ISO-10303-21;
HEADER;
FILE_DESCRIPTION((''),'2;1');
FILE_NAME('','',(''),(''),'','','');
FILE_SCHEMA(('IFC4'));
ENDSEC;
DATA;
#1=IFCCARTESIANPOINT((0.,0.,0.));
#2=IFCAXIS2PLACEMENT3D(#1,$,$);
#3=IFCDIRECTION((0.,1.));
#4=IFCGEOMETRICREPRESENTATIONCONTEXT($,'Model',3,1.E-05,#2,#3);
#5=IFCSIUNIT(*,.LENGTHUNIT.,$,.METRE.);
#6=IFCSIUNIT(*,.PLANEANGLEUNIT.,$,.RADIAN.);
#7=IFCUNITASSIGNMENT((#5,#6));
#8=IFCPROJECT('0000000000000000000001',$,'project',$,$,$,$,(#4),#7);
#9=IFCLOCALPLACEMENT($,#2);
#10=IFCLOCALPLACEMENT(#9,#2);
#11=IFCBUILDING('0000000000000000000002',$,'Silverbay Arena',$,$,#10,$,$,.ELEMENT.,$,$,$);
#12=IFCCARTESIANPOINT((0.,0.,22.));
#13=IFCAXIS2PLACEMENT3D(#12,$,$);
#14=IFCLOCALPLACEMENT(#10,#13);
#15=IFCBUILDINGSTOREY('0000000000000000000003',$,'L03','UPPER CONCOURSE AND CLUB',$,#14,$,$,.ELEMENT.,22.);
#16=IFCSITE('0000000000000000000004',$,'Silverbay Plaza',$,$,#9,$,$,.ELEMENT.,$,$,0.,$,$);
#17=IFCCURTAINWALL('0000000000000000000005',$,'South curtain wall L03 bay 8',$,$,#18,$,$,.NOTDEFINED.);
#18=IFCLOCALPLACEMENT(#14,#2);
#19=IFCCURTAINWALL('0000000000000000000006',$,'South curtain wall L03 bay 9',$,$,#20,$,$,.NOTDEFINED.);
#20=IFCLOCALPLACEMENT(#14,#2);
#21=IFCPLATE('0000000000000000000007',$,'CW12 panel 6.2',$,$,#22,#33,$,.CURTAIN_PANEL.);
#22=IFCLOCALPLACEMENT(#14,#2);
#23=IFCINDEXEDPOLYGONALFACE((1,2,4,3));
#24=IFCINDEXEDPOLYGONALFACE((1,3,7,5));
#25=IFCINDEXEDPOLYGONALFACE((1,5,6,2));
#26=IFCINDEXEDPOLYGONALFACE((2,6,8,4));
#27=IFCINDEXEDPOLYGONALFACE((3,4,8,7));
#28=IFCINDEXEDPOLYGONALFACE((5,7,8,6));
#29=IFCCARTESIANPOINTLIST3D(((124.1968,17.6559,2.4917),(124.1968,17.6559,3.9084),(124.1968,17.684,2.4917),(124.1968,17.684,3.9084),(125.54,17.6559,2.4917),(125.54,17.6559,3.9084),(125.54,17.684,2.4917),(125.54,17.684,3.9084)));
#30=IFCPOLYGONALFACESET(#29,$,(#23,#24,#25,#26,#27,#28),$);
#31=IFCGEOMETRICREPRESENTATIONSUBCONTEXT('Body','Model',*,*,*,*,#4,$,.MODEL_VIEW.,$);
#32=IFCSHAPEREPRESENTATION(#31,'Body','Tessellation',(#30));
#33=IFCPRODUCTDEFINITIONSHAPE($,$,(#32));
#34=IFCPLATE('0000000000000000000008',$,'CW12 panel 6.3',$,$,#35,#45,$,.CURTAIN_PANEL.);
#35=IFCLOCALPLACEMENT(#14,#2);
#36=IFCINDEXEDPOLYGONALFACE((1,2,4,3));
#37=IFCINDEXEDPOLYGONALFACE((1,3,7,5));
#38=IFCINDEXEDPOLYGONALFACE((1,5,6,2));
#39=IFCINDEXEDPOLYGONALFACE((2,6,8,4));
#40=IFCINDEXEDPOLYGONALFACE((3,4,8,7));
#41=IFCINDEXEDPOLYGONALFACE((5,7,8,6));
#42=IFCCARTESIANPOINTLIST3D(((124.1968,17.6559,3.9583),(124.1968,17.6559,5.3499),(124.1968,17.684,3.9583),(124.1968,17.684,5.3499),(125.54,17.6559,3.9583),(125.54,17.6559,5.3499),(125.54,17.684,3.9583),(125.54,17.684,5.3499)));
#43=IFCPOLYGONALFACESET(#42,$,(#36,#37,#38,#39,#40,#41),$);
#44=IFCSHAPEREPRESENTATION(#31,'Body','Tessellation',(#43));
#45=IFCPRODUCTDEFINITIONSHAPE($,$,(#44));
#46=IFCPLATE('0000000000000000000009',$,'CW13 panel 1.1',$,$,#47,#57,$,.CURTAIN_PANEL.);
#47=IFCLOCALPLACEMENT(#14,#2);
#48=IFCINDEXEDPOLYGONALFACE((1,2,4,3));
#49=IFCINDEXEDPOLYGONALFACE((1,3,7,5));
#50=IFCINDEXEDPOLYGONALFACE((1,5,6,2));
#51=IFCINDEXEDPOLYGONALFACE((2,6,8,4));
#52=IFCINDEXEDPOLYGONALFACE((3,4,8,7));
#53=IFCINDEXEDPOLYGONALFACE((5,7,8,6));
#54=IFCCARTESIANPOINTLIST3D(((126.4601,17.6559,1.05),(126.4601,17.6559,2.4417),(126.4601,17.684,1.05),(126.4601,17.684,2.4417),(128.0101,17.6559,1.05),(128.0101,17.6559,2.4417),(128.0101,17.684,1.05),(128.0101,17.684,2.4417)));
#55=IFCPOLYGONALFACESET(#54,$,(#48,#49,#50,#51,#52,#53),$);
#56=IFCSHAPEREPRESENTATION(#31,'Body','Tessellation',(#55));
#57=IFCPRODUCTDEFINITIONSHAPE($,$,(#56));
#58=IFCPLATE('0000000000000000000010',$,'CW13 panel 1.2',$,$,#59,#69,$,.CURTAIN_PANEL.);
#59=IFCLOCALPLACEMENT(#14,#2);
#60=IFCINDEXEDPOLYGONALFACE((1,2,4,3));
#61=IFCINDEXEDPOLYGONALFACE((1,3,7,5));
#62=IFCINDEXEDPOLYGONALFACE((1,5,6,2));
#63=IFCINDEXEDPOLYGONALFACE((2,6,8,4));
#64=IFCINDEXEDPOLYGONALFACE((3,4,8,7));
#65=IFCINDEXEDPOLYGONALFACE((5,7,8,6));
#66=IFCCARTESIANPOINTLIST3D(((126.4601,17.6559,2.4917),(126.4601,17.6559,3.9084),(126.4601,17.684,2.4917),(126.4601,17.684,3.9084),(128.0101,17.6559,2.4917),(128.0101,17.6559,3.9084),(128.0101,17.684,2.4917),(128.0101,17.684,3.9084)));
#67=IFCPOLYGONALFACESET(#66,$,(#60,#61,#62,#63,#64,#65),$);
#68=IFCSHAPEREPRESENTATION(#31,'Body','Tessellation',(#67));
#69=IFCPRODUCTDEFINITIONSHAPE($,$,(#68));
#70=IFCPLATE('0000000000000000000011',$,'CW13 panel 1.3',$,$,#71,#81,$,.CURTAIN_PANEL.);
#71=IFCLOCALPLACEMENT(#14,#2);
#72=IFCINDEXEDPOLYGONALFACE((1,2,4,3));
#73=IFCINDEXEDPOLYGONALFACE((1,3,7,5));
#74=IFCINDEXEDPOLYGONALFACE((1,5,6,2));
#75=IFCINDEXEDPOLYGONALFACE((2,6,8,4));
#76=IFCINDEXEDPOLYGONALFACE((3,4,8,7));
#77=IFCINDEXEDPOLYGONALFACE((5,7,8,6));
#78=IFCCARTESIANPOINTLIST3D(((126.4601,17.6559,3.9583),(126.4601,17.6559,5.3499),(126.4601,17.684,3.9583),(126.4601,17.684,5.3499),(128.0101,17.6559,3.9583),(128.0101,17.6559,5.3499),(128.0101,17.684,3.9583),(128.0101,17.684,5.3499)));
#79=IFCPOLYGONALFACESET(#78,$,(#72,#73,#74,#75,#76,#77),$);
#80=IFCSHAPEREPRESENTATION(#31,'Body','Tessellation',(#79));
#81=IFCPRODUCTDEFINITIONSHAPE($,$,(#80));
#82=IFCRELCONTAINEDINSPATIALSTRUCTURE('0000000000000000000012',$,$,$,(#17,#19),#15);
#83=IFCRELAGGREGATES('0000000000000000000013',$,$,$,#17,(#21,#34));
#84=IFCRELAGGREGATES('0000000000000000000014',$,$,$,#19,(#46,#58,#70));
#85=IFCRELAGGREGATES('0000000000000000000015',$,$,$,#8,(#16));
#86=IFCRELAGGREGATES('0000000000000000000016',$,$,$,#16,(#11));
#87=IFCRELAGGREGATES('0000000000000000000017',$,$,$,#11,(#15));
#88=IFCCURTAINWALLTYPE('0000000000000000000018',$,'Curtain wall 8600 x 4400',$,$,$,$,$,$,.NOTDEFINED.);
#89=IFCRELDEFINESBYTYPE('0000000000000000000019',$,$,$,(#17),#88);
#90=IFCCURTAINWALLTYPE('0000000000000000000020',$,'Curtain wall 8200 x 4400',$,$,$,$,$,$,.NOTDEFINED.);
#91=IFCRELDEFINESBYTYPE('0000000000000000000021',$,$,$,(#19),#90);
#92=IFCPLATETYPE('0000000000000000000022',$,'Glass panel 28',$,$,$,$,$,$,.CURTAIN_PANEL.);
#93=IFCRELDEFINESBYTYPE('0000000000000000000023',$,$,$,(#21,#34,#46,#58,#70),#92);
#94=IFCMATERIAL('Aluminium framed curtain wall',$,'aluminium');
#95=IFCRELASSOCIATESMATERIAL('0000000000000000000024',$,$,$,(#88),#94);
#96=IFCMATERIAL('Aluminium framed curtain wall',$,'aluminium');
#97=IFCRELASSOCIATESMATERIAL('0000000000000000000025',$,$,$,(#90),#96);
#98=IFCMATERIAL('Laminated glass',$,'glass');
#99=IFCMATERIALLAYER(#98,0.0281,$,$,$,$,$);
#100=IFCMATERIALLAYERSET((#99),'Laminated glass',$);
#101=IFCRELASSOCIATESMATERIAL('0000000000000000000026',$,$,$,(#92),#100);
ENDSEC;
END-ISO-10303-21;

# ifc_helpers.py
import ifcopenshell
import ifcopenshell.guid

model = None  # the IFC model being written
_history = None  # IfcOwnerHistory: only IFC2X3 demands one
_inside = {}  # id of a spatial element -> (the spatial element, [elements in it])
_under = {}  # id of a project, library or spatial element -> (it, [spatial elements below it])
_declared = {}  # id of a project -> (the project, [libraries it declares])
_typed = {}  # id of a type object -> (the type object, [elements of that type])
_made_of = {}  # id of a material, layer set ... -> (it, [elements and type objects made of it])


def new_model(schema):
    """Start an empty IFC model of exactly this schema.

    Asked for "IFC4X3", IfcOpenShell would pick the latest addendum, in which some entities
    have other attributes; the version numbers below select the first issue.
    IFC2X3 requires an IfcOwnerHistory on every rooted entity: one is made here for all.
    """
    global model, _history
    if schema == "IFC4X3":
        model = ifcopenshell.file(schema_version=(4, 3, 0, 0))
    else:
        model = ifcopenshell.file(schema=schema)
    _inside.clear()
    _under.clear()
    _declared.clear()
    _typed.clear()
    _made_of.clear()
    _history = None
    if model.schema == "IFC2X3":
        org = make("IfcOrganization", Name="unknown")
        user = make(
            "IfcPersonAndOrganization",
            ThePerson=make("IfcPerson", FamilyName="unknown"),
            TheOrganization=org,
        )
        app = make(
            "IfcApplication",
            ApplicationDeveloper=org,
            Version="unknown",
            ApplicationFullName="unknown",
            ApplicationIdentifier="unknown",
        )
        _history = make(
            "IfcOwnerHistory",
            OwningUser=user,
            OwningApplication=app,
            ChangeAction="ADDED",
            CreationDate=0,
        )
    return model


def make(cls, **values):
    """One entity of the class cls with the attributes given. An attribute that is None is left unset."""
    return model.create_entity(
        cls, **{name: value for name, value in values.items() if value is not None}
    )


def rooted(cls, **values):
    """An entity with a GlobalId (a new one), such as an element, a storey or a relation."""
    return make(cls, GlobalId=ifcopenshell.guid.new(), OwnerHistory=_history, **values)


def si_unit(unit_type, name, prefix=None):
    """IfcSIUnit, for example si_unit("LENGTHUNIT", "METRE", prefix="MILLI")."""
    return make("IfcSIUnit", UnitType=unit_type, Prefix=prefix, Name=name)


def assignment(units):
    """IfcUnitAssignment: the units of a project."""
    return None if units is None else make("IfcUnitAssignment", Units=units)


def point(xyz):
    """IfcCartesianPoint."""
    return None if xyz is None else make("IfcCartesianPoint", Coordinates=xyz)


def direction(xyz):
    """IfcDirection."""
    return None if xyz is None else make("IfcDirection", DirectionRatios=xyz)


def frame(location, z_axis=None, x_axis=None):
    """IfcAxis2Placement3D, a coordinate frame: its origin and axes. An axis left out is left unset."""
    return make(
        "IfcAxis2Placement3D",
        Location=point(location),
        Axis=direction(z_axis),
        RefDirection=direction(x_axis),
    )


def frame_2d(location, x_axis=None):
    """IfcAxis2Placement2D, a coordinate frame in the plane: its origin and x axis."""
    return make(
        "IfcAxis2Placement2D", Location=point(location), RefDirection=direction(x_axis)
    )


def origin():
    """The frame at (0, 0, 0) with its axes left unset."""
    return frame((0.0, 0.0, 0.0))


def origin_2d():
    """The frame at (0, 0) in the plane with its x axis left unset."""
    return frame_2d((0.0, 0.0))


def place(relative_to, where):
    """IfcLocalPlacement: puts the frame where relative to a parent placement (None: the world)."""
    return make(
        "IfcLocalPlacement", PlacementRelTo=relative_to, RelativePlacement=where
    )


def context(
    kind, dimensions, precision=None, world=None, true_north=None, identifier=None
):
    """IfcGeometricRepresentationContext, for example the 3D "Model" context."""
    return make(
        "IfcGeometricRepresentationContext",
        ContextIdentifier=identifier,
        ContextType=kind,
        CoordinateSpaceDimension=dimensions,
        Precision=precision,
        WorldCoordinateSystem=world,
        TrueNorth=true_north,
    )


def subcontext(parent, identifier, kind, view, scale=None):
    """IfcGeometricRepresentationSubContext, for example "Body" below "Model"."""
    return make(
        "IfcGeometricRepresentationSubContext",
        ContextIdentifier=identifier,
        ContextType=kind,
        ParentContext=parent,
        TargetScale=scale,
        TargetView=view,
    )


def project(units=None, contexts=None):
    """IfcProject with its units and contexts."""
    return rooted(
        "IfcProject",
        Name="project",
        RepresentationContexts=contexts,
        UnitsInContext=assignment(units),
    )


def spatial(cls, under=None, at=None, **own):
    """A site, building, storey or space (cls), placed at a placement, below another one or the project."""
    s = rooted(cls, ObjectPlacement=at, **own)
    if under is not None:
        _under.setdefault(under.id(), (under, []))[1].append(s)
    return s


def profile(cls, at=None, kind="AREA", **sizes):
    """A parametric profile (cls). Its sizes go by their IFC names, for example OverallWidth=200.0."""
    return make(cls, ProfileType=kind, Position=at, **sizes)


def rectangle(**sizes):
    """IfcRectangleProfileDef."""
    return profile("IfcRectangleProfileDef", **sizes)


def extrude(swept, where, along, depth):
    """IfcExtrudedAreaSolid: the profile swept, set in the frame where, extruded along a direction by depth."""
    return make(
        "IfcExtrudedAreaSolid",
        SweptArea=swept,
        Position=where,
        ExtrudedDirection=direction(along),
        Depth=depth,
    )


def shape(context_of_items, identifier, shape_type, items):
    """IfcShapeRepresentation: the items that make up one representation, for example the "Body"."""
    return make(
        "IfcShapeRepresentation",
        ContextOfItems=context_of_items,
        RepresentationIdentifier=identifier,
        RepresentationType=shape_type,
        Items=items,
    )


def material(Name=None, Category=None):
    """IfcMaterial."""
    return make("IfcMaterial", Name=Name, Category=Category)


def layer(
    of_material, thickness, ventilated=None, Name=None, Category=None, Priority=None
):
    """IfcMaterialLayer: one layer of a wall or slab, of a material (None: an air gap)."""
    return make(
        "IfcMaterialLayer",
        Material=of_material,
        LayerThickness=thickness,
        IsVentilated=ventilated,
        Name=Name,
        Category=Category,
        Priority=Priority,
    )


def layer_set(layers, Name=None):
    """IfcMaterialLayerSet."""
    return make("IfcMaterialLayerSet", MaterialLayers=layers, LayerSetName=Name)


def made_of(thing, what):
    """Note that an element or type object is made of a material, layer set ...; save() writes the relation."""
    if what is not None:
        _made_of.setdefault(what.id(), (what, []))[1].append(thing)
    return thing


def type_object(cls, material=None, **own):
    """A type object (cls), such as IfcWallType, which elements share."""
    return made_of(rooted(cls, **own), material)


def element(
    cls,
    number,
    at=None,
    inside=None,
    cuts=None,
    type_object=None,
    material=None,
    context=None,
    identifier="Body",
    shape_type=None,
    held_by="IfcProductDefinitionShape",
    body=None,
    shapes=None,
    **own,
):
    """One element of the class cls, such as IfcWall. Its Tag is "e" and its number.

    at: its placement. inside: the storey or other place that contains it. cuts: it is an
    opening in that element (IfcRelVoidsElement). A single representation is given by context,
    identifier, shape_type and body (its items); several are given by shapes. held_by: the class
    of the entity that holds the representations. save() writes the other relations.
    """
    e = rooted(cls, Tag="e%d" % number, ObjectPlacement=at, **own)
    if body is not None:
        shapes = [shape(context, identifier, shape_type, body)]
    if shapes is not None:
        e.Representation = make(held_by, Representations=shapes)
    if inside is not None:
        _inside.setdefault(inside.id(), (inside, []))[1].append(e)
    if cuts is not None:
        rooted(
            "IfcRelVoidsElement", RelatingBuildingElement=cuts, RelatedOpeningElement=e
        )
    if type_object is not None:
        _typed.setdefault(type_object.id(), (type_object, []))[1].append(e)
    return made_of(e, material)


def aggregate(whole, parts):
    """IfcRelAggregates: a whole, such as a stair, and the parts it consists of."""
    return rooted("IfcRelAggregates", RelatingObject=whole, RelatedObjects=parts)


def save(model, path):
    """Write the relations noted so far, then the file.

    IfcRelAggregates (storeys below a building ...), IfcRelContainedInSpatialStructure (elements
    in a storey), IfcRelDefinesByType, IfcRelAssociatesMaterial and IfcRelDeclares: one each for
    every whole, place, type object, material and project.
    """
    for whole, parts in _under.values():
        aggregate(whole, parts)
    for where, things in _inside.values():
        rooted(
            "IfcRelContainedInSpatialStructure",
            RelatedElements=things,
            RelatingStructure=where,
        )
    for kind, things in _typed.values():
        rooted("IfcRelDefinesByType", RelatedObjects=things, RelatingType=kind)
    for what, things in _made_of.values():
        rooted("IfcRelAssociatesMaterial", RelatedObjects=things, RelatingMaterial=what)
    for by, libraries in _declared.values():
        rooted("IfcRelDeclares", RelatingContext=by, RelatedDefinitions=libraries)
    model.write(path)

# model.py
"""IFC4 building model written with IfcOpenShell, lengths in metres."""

from ifc_helpers import new_model, si_unit, direction, frame, origin, origin_2d, place, context, subcontext, project, spatial, rectangle, extrude, material, layer, layer_set, type_object, element, aggregate, save


model = new_model("IFC4")

# Units and contexts
model_context = context("Model", 3, precision=1e-05, world=origin(), true_north=direction((0.0, 1.0)))
body_context = subcontext(model_context, "Body", "Model", "MODEL_VIEW")
ifc_project = project(units=[si_unit("LENGTHUNIT", "METRE"), si_unit("PLANEANGLEUNIT", "RADIAN")], contexts=[model_context])

# Site, building, storey
site_placement = place(None, origin())
site = spatial("IfcSite", under=ifc_project, at=site_placement, Name="Silverbay Plaza", CompositionType="ELEMENT", RefElevation=0.0)
building_placement = place(site_placement, origin())
building = spatial("IfcBuilding", under=site, at=building_placement, Name="Silverbay Arena", CompositionType="ELEMENT")
storey_placement = place(building_placement, frame((0.0, 0.0, 22.0)))
storey = spatial("IfcBuildingStorey", under=building, at=storey_placement, Name="L03", Description="UPPER CONCOURSE AND CLUB", CompositionType="ELEMENT", Elevation=22.0)

# Curtain wall
ifc_material_1 = material(Name="Aluminium framed curtain wall", Category="aluminium")
curtain_wall_type_1 = type_object("IfcCurtainWallType", Name="Curtain wall 8600 x 4400", PredefinedType="NOTDEFINED", material=ifc_material_1)
curtain_wall_1_placement = place(storey_placement, origin())
curtain_wall_1 = element("IfcCurtainWall", 1, at=curtain_wall_1_placement, inside=storey, type_object=curtain_wall_type_1, Name="South curtain wall L03 bay 8", PredefinedType="NOTDEFINED")

# Curtain wall
ifc_material_2 = material(Name="Aluminium framed curtain wall", Category="aluminium")
curtain_wall_type_2 = type_object("IfcCurtainWallType", Name="Curtain wall 8200 x 4400", PredefinedType="NOTDEFINED", material=ifc_material_2)
curtain_wall_2_placement = place(storey_placement, origin())
curtain_wall_2 = element("IfcCurtainWall", 2, at=curtain_wall_2_placement, inside=storey, type_object=curtain_wall_type_2, Name="South curtain wall L03 bay 9", PredefinedType="NOTDEFINED")

# Plates
ifc_material_3 = material(Name="Laminated glass", Category="glass")
ifc_layer = layer(ifc_material_3, 0.0281)
ifc_layer_set = layer_set([ifc_layer], Name="Laminated glass")
plate_type = type_object("IfcPlateType", Name="Glass panel 28", PredefinedType="CURTAIN_PANEL", material=ifc_layer_set)
plate_1_placement = place(storey_placement, frame((124.8684, 17.6699, 2.4917), z_axis=(0.0, 0.0, 1.0), x_axis=(1.0, 0.0, 0.0)))
plate_1 = element("IfcPlate", 3, at=plate_1_placement, type_object=plate_type, Name="CW12 panel 6.2", PredefinedType="CURTAIN_PANEL", context=body_context, shape_type="SweptSolid", body=[
    extrude(rectangle(XDim=1.3433, YDim=0.0281, at=origin_2d()), origin(), (0.0, 0.0, 1.0), 1.4167),
])
plate_2_placement = place(storey_placement, frame((124.8684, 17.6699, 3.9583), z_axis=(0.0, 0.0, 1.0), x_axis=(1.0, 0.0, 0.0)))
plate_2 = element("IfcPlate", 4, at=plate_2_placement, type_object=plate_type, Name="CW12 panel 6.3", PredefinedType="CURTAIN_PANEL", context=body_context, shape_type="SweptSolid", body=[
    extrude(rectangle(XDim=1.3433, YDim=0.0281, at=origin_2d()), origin(), (0.0, 0.0, 1.0), 1.3916),
])
aggregate(curtain_wall_1, [plate_1, plate_2])
plate_3_placement = place(storey_placement, frame((127.2351, 17.6699, 1.05), z_axis=(0.0, 0.0, 1.0), x_axis=(1.0, 0.0, 0.0)))
plate_3 = element("IfcPlate", 5, at=plate_3_placement, type_object=plate_type, Name="CW13 panel 1.1", PredefinedType="CURTAIN_PANEL", context=body_context, shape_type="SweptSolid", body=[
    extrude(rectangle(XDim=1.55, YDim=0.0281, at=origin_2d()), origin(), (0.0, 0.0, 1.0), 1.3916),
])
plate_4_placement = place(storey_placement, frame((127.2351, 17.6699, 2.4917), z_axis=(0.0, 0.0, 1.0), x_axis=(1.0, 0.0, 0.0)))
plate_4 = element("IfcPlate", 6, at=plate_4_placement, type_object=plate_type, Name="CW13 panel 1.2", PredefinedType="CURTAIN_PANEL", context=body_context, shape_type="SweptSolid", body=[
    extrude(rectangle(XDim=1.55, YDim=0.0281, at=origin_2d()), origin(), (0.0, 0.0, 1.0), 1.4167),
])
plate_5_placement = place(storey_placement, frame((127.2351, 17.6699, 3.9583), z_axis=(0.0, 0.0, 1.0), x_axis=(1.0, 0.0, 0.0)))
plate_5 = element("IfcPlate", 7, at=plate_5_placement, type_object=plate_type, Name="CW13 panel 1.3", PredefinedType="CURTAIN_PANEL", context=body_context, shape_type="SweptSolid", body=[
    extrude(rectangle(XDim=1.55, YDim=0.0281, at=origin_2d()), origin(), (0.0, 0.0, 1.0), 1.3916),
])
aggregate(curtain_wall_2, [plate_3, plate_4, plate_5])

save(model, "model.ifc")
